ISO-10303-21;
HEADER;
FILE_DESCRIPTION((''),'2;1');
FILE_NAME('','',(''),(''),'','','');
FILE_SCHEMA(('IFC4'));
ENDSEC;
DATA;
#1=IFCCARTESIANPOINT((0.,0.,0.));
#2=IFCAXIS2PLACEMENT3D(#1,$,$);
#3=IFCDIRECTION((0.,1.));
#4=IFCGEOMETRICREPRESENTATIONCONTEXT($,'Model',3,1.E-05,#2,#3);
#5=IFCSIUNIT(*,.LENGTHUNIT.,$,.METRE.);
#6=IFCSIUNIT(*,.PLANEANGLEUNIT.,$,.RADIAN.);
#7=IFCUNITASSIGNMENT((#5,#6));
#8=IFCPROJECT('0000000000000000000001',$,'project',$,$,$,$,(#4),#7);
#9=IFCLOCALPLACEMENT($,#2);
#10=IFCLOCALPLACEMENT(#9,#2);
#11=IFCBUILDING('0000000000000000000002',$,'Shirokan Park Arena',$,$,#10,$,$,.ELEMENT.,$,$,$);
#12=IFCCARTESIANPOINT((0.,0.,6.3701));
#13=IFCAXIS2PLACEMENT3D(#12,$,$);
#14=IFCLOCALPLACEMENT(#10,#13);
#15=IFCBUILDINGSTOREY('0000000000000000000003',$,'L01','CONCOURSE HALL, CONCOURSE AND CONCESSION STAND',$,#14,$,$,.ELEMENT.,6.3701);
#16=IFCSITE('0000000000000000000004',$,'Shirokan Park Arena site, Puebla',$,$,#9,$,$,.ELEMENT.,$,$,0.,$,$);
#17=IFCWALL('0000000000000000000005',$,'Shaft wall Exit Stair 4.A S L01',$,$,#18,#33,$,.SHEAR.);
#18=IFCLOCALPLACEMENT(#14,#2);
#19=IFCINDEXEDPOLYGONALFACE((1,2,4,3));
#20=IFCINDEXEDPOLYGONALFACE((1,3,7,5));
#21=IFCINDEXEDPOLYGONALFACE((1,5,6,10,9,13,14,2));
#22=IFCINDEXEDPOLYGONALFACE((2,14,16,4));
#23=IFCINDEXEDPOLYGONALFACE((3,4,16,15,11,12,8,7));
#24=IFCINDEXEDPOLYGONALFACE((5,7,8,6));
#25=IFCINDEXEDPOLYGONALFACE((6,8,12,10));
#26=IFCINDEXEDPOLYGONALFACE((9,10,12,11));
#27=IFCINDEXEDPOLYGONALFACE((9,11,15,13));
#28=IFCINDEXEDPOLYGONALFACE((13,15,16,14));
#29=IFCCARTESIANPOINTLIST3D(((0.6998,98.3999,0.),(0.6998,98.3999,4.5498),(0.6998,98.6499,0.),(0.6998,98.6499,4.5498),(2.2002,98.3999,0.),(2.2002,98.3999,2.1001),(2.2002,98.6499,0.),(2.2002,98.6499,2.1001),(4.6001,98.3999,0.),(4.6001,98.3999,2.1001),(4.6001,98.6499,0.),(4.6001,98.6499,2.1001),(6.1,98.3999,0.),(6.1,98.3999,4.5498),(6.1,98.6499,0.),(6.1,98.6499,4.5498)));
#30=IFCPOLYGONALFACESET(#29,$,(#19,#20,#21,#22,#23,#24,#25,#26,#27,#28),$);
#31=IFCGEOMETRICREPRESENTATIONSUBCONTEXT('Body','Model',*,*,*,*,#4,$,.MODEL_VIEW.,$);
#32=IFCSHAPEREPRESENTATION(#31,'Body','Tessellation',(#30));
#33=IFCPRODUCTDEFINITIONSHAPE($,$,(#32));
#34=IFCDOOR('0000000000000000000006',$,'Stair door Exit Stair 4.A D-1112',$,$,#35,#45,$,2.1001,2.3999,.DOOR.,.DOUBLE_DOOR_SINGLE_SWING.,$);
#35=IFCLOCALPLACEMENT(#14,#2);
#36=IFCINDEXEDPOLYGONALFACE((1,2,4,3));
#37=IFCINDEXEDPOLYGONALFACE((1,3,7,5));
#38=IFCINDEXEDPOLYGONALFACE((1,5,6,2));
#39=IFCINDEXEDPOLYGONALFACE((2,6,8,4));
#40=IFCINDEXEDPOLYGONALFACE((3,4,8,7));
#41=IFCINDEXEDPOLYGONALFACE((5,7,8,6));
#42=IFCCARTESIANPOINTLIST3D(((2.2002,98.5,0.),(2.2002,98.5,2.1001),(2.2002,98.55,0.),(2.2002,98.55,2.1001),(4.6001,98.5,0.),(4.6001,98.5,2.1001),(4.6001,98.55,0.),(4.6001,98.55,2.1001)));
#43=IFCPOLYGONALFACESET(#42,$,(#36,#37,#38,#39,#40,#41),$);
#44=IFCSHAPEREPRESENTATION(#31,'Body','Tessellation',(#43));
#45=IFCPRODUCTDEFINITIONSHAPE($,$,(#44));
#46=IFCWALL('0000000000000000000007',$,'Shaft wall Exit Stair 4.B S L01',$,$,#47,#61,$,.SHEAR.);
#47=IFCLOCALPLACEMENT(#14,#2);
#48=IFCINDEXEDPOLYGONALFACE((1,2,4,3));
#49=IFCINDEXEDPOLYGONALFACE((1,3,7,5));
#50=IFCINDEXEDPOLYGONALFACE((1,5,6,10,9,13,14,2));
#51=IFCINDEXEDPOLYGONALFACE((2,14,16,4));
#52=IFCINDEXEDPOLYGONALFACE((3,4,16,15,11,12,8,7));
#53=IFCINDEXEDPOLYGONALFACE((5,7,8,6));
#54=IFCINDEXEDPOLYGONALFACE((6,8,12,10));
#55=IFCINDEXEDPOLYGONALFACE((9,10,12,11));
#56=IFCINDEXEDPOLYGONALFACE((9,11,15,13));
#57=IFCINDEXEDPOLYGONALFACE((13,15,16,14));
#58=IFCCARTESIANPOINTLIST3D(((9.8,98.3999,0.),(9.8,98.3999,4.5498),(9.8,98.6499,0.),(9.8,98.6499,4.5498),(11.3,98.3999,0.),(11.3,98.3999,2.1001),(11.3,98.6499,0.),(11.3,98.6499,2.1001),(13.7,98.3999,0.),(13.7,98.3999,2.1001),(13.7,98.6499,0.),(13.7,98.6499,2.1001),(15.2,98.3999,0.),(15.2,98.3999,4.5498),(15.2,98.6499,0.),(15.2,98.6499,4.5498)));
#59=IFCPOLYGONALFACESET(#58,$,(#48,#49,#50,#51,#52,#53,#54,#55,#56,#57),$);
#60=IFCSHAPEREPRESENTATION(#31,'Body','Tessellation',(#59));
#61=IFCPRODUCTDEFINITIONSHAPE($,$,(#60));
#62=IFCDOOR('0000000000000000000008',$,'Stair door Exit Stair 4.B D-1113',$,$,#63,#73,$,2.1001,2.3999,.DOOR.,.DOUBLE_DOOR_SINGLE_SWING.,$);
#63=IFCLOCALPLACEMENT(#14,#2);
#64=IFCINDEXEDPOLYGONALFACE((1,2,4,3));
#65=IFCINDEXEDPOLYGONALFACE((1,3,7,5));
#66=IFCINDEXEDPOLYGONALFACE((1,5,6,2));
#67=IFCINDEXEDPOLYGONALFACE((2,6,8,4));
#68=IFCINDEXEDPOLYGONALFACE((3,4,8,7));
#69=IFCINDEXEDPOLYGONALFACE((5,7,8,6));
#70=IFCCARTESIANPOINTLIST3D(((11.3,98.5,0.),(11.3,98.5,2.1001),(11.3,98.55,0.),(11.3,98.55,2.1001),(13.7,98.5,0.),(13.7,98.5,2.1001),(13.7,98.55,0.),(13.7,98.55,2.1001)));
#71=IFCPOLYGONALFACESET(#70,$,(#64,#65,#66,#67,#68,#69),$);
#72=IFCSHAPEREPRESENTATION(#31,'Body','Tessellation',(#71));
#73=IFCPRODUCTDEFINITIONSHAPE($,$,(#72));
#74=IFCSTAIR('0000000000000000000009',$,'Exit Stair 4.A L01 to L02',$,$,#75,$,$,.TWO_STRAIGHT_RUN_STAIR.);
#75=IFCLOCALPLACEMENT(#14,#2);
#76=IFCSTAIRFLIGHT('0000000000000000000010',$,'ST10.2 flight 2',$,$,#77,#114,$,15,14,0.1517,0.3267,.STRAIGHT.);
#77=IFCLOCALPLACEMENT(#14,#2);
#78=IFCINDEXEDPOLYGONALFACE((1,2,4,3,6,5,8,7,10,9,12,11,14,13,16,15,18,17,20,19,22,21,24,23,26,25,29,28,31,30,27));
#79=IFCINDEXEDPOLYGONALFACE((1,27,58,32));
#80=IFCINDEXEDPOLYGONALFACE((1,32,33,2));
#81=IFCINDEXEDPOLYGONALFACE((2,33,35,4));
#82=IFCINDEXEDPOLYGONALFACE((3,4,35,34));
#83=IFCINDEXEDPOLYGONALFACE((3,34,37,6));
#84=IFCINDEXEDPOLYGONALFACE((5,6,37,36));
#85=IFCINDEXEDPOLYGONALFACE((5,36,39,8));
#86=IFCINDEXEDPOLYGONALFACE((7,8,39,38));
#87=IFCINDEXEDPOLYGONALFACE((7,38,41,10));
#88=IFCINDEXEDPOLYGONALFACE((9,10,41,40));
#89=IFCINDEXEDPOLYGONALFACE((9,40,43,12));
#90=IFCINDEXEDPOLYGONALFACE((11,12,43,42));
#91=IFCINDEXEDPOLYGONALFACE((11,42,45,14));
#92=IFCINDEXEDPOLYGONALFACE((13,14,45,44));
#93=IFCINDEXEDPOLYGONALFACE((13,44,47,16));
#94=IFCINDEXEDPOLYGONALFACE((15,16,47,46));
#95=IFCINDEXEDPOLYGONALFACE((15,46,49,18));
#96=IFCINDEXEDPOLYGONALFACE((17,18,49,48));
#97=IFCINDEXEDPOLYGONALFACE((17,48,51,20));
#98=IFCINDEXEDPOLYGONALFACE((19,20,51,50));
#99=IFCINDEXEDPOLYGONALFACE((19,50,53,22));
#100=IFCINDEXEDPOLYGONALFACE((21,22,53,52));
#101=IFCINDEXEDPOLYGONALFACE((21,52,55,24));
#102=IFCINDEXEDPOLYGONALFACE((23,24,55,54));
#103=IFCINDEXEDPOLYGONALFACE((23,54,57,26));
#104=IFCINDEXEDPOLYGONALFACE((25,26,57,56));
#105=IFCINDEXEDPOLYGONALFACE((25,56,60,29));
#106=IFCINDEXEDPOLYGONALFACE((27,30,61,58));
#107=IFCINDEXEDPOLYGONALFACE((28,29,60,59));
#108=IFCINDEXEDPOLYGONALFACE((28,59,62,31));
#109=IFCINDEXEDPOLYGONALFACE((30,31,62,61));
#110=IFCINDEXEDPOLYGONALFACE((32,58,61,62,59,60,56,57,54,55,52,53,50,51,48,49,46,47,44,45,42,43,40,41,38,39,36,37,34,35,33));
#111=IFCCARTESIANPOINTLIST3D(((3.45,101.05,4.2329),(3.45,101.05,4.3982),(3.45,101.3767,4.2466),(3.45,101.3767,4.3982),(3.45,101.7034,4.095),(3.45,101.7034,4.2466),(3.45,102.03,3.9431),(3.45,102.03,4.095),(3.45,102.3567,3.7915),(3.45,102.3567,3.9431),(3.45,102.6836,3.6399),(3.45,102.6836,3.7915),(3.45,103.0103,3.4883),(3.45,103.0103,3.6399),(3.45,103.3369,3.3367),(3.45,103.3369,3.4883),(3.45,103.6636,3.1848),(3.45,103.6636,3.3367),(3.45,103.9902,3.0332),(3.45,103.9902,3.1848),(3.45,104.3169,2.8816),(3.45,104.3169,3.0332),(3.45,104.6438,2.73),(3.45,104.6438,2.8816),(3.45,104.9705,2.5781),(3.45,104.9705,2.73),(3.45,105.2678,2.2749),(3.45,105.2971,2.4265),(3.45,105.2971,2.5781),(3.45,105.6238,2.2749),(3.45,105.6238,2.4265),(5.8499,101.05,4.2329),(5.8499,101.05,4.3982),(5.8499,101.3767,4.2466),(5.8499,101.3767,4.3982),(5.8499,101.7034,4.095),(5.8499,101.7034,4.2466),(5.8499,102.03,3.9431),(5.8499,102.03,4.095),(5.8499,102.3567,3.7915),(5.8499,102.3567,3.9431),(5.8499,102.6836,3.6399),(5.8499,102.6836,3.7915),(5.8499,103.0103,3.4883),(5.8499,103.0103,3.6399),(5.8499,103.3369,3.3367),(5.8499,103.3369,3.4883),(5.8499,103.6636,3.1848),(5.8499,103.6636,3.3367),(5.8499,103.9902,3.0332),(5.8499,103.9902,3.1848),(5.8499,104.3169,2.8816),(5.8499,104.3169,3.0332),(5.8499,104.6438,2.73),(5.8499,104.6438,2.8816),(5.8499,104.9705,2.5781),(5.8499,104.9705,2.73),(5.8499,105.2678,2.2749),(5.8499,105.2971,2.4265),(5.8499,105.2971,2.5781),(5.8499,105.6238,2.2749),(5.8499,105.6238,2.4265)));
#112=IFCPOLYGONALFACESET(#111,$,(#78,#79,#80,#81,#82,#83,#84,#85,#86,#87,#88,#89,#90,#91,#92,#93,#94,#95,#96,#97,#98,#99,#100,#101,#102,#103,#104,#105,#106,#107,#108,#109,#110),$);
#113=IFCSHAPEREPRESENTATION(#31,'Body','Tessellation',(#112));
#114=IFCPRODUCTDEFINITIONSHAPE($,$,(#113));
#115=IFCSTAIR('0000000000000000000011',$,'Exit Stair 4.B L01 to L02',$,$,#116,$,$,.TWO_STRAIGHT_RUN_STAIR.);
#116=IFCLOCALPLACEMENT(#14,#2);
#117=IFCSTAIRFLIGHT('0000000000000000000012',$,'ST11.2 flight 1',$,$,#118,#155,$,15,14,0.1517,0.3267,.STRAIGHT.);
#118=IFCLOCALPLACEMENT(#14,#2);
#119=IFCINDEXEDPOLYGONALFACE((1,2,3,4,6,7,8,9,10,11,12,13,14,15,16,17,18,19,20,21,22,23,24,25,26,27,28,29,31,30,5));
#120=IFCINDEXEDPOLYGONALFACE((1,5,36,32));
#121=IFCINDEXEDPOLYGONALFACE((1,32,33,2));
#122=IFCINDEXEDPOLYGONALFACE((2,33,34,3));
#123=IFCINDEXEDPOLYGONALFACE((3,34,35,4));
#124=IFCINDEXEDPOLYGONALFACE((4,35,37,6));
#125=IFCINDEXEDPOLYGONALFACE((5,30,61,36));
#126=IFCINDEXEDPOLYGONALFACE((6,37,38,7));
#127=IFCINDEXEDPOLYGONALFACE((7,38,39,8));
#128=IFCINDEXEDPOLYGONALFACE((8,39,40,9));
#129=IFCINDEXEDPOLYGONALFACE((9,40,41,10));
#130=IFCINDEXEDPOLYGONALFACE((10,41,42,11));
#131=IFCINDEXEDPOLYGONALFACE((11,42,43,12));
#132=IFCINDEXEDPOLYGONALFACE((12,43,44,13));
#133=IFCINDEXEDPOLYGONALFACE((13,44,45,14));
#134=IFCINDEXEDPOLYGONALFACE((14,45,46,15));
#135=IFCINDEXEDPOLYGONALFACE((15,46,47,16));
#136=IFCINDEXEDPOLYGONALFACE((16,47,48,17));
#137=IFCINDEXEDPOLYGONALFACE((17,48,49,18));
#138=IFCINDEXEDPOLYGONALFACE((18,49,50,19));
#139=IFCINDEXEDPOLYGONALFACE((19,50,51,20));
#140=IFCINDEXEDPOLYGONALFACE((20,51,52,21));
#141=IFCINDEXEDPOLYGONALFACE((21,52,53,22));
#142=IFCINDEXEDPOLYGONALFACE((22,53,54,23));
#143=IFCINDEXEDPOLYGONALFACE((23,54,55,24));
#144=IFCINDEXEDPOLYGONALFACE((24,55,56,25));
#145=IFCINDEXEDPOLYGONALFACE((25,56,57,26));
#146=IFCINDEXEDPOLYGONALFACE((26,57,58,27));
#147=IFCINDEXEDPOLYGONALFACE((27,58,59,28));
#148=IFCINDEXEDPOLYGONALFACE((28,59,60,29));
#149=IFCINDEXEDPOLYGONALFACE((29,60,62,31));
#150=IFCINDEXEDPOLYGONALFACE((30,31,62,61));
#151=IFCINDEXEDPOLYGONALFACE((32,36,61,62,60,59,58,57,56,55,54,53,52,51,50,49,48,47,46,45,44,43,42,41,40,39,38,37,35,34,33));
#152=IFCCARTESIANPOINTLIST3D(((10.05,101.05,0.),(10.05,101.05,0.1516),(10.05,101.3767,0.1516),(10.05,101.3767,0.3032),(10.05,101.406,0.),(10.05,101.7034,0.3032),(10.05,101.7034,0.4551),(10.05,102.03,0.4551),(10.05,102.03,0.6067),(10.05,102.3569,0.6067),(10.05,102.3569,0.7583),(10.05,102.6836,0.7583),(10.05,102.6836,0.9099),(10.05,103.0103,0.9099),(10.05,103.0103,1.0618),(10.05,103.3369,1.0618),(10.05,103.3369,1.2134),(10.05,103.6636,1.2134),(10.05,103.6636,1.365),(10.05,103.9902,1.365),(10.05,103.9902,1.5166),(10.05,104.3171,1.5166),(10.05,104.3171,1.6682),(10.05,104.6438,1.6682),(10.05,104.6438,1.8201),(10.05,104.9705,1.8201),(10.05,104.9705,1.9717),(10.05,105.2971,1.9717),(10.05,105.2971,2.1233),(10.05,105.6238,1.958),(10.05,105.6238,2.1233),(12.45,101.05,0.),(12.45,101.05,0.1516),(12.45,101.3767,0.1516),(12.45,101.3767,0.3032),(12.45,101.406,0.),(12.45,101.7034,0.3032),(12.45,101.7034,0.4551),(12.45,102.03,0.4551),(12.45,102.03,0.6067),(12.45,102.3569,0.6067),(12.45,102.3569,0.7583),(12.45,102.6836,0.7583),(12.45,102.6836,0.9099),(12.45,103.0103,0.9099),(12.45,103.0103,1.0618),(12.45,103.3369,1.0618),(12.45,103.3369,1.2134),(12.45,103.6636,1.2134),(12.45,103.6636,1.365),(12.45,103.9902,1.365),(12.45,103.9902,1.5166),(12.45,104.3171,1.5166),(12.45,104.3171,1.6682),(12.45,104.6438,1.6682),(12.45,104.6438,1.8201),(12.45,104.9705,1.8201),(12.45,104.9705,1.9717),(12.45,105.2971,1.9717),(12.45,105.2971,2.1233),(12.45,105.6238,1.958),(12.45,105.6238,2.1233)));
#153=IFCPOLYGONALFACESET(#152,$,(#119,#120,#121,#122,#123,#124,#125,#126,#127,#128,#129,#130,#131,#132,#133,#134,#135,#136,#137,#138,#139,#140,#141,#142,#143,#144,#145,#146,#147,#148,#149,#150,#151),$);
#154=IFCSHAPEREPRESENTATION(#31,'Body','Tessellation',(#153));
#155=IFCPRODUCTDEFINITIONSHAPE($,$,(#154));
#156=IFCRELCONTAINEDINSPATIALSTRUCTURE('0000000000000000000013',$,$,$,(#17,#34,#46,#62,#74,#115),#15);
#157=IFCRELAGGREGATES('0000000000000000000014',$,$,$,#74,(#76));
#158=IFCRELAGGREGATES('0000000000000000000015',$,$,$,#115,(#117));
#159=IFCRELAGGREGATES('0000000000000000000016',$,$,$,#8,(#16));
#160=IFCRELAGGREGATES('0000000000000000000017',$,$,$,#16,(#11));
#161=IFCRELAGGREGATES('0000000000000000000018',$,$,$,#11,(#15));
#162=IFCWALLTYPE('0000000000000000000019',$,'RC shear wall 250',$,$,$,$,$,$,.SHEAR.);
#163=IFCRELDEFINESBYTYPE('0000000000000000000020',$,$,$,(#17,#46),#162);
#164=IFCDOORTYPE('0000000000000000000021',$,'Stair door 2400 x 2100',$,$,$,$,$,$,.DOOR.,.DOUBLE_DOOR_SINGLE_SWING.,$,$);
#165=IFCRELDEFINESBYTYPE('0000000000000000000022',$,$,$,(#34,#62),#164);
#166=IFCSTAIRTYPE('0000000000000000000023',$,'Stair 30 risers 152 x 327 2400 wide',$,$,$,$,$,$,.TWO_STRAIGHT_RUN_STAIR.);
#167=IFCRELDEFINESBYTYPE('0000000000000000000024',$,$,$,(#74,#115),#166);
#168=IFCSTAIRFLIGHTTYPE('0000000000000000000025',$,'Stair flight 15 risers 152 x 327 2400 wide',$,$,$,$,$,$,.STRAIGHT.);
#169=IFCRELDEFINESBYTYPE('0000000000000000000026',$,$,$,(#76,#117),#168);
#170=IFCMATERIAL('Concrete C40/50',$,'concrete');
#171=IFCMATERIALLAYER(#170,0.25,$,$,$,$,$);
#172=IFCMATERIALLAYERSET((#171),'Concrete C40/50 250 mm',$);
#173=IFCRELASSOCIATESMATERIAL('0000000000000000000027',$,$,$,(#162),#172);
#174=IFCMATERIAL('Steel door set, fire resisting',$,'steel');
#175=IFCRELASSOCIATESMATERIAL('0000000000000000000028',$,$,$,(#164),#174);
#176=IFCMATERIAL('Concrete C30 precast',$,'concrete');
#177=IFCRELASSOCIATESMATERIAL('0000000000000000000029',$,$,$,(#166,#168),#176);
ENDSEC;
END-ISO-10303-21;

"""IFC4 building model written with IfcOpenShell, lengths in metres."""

from ifc_helpers import new_model, si_unit, direction, frame, frame_2d, origin, place, context, subcontext, project, spatial, polyline, rectangle, outline, extrude, material, layer, layer_set, type_object, element, fill, aggregate, save


model = new_model("IFC4")

# Units and contexts
model_context = context("Model", 3, precision=1e-05, world=origin(), true_north=direction((0.0, 1.0)))
body_context = subcontext(model_context, "Body", "Model", "MODEL_VIEW")
ifc_project = project(units=[si_unit("LENGTHUNIT", "METRE"), si_unit("PLANEANGLEUNIT", "RADIAN")], contexts=[model_context])

# Site, building, storey
site_placement = place(None, origin())
site = spatial("IfcSite", under=ifc_project, at=site_placement, Name="Shirokan Park Arena site, Puebla", CompositionType="ELEMENT", RefElevation=0.0)
building_placement = place(site_placement, origin())
building = spatial("IfcBuilding", under=site, at=building_placement, Name="Shirokan Park Arena", CompositionType="ELEMENT")
storey_placement = place(building_placement, frame((0.0, 0.0, 6.3701)))
storey = spatial("IfcBuildingStorey", under=building, at=storey_placement, Name="L01", Description="CONCOURSE HALL, CONCOURSE AND CONCESSION STAND", CompositionType="ELEMENT", Elevation=6.3701)

# Walls, openings, doors
ifc_material_1 = material(Name="Concrete C40/50", Category="concrete")
ifc_layer_1 = layer(ifc_material_1, 0.25)
ifc_layer_set_1 = layer_set([ifc_layer_1], Name="Concrete C40/50 250 mm")
wall_type_1 = type_object("IfcWallType", Name="RC shear wall 250", PredefinedType="SHEAR", material=ifc_layer_set_1)
wall_1_placement = place(storey_placement, frame((6.1001, 98.5249, 0.0), z_axis=(0.0, 0.0, 1.0), x_axis=(-1.0, 0.0, 0.0)))
wall_1 = element("IfcWall", 1, at=wall_1_placement, inside=storey, type_object=wall_type_1, Name="Shaft wall Exit Stair 4.A S L01", PredefinedType="SHEAR", context=body_context, shape_type="SweptSolid", body=[
    extrude(rectangle(XDim=5.4001, YDim=0.25, at=frame_2d((2.7002, 0.0))), origin(), (0.0, 0.0, 1.0), 4.5498),
])
opening_1_placement = place(wall_1_placement, frame((1.5, 0.0, 0.0)))
opening_1 = element("IfcOpeningElement", 2, at=opening_1_placement, cuts=wall_1, PredefinedType="OPENING", context=body_context, shape_type="SweptSolid", body=[
    extrude(rectangle(XDim=2.3999, YDim=2.1001, at=frame_2d((1.2, 1.05))), frame((0.0, 0.135, 0.0), z_axis=(0.0, -1.0, 0.0), x_axis=(1.0, 0.0, 0.0)), (0.0, 0.0, 1.0), 0.27),
])
ifc_material_2 = material(Name="Steel door set, fire resisting", Category="steel")
door_type_1 = type_object("IfcDoorType", Name="Stair door 2400 x 2100", OperationType="DOUBLE_DOOR_SINGLE_SWING", PredefinedType="DOOR", material=ifc_material_2)
door_1_placement = place(opening_1_placement, origin())
door_1 = element("IfcDoor", 3, at=door_1_placement, inside=storey, type_object=door_type_1, Name="Stair door Exit Stair 4.A D-1112", OperationType="DOUBLE_DOOR_SINGLE_SWING", OverallHeight=2.1001, OverallWidth=2.3999, PredefinedType="DOOR", context=body_context, shape_type="SweptSolid", body=[
    extrude(rectangle(XDim=2.3999, YDim=2.1001, at=frame_2d((1.2, 1.05))), frame((0.0, 0.0249, 0.0), z_axis=(0.0, -1.0, 0.0), x_axis=(1.0, 0.0, 0.0)), (0.0, 0.0, 1.0), 0.05),
])
fill(opening_1, door_1)
wall_2_placement = place(storey_placement, frame((15.2, 98.5249, 0.0), z_axis=(0.0, 0.0, 1.0), x_axis=(-1.0, 0.0, 0.0)))
wall_2 = element("IfcWall", 4, at=wall_2_placement, inside=storey, type_object=wall_type_1, Name="Shaft wall Exit Stair 4.B S L01", PredefinedType="SHEAR", context=body_context, shape_type="SweptSolid", body=[
    extrude(rectangle(XDim=5.3999, YDim=0.25, at=frame_2d((2.7, 0.0))), origin(), (0.0, 0.0, 1.0), 4.5498),
])
opening_2_placement = place(wall_2_placement, frame((1.5, 0.0, 0.0)))
opening_2 = element("IfcOpeningElement", 5, at=opening_2_placement, cuts=wall_2, PredefinedType="OPENING", context=body_context, shape_type="SweptSolid", body=[
    extrude(rectangle(XDim=2.3999, YDim=2.1001, at=frame_2d((1.2, 1.05))), frame((0.0, 0.135, 0.0), z_axis=(0.0, -1.0, 0.0), x_axis=(1.0, 0.0, 0.0)), (0.0, 0.0, 1.0), 0.27),
])
door_2_placement = place(opening_2_placement, origin())
door_2 = element("IfcDoor", 6, at=door_2_placement, inside=storey, type_object=door_type_1, Name="Stair door Exit Stair 4.B D-1113", OperationType="DOUBLE_DOOR_SINGLE_SWING", OverallHeight=2.1001, OverallWidth=2.3999, PredefinedType="DOOR", context=body_context, shape_type="SweptSolid", body=[
    extrude(rectangle(XDim=2.3999, YDim=2.1001, at=frame_2d((1.2, 1.05))), frame((0.0, 0.0249, 0.0), z_axis=(0.0, -1.0, 0.0), x_axis=(1.0, 0.0, 0.0)), (0.0, 0.0, 1.0), 0.05),
])
fill(opening_2, door_2)

# Stairs, stair flights
ifc_material_3 = material(Name="Concrete C30 precast", Category="concrete")
stair_type = type_object("IfcStairType", Name="Stair 30 risers 152 x 327 2400 wide", PredefinedType="TWO_STRAIGHT_RUN_STAIR", material=ifc_material_3)
stair_1_placement = place(storey_placement, origin())
stair_1 = element("IfcStair", 7, at=stair_1_placement, inside=storey, type_object=stair_type, Name="Exit Stair 4.A L01 to L02", PredefinedType="TWO_STRAIGHT_RUN_STAIR")
stair_flight_type = type_object("IfcStairFlightType", Name="Stair flight 15 risers 152 x 327 2400 wide", PredefinedType="STRAIGHT", material=ifc_material_3)
stair_flight_1_placement = place(storey_placement, frame((4.6499, 105.6238, 2.2749), z_axis=(0.0, 0.0, 1.0), x_axis=(0.0, -1.0, 0.0)))
stair_flight_1 = element("IfcStairFlight", 8, at=stair_flight_1_placement, type_object=stair_flight_type, Name="ST10.2 flight 2", NumberOfRisers=15, NumberOfTreads=14, PredefinedType="STRAIGHT", RiserHeight=0.1517, TreadLength=0.3267, context=body_context, shape_type="SweptSolid", body=[
    extrude(outline(polyline([(0.0, 0.0), (0.0, 0.1516), (0.3267, 0.1516), (0.3267, 0.3032), (0.6533, 0.3032), (0.6533, 0.4551), (0.98, 0.4551), (0.98, 0.6067), (1.3069, 0.6067), (1.3069, 0.7583), (1.6335, 0.7583), (1.6335, 0.9099), (1.9602, 0.9099), (1.9602, 1.0618), (2.2869, 1.0618), (2.2869, 1.2134), (2.6135, 1.2134), (2.6135, 1.365), (2.9402, 1.365), (2.9402, 1.5166), (3.2671, 1.5166), (3.2671, 1.6682), (3.5938, 1.6682), (3.5938, 1.8201), (3.9204, 1.8201), (3.9204, 1.9717), (4.2471, 1.9717), (4.2471, 2.1233), (4.5737, 2.1233), (4.5737, 2.2749), (4.5737, 1.958), (0.356, 0.0), (0.0, 0.0)])), frame((0.0, 1.2, 0.0), z_axis=(0.0, -1.0, 0.0), x_axis=(1.0, 0.0, 0.0)), (0.0, 0.0, 1.0), 2.3999),
])
aggregate(stair_1, [stair_flight_1])
stair_2_placement = place(storey_placement, origin())
stair_2 = element("IfcStair", 9, at=stair_2_placement, inside=storey, type_object=stair_type, Name="Exit Stair 4.B L01 to L02", PredefinedType="TWO_STRAIGHT_RUN_STAIR")
stair_flight_2_placement = place(storey_placement, frame((11.25, 101.05, 0.0), z_axis=(0.0, 0.0, 1.0), x_axis=(0.0, 1.0, 0.0)))
stair_flight_2 = element("IfcStairFlight", 10, at=stair_flight_2_placement, type_object=stair_flight_type, Name="ST11.2 flight 1", NumberOfRisers=15, NumberOfTreads=14, PredefinedType="STRAIGHT", RiserHeight=0.1517, TreadLength=0.3267, context=body_context, shape_type="SweptSolid", body=[
    extrude(outline(polyline([(0.0, 0.0), (0.0, 0.1516), (0.3267, 0.1516), (0.3267, 0.3032), (0.6533, 0.3032), (0.6533, 0.4551), (0.98, 0.4551), (0.98, 0.6067), (1.3069, 0.6067), (1.3069, 0.7583), (1.6335, 0.7583), (1.6335, 0.9099), (1.9602, 0.9099), (1.9602, 1.0618), (2.2869, 1.0618), (2.2869, 1.2134), (2.6135, 1.2134), (2.6135, 1.365), (2.9402, 1.365), (2.9402, 1.5166), (3.2671, 1.5166), (3.2671, 1.6682), (3.5938, 1.6682), (3.5938, 1.8201), (3.9204, 1.8201), (3.9204, 1.9717), (4.2471, 1.9717), (4.2471, 2.1233), (4.5737, 2.1233), (4.5737, 2.2749), (4.5737, 1.958), (0.356, 0.0), (0.0, 0.0)])), frame((0.0, 1.2, 0.0), z_axis=(0.0, -1.0, 0.0), x_axis=(1.0, 0.0, 0.0)), (0.0, 0.0, 1.0), 2.3999),
])
aggregate(stair_2, [stair_flight_2])

save(model, "model.ifc")
